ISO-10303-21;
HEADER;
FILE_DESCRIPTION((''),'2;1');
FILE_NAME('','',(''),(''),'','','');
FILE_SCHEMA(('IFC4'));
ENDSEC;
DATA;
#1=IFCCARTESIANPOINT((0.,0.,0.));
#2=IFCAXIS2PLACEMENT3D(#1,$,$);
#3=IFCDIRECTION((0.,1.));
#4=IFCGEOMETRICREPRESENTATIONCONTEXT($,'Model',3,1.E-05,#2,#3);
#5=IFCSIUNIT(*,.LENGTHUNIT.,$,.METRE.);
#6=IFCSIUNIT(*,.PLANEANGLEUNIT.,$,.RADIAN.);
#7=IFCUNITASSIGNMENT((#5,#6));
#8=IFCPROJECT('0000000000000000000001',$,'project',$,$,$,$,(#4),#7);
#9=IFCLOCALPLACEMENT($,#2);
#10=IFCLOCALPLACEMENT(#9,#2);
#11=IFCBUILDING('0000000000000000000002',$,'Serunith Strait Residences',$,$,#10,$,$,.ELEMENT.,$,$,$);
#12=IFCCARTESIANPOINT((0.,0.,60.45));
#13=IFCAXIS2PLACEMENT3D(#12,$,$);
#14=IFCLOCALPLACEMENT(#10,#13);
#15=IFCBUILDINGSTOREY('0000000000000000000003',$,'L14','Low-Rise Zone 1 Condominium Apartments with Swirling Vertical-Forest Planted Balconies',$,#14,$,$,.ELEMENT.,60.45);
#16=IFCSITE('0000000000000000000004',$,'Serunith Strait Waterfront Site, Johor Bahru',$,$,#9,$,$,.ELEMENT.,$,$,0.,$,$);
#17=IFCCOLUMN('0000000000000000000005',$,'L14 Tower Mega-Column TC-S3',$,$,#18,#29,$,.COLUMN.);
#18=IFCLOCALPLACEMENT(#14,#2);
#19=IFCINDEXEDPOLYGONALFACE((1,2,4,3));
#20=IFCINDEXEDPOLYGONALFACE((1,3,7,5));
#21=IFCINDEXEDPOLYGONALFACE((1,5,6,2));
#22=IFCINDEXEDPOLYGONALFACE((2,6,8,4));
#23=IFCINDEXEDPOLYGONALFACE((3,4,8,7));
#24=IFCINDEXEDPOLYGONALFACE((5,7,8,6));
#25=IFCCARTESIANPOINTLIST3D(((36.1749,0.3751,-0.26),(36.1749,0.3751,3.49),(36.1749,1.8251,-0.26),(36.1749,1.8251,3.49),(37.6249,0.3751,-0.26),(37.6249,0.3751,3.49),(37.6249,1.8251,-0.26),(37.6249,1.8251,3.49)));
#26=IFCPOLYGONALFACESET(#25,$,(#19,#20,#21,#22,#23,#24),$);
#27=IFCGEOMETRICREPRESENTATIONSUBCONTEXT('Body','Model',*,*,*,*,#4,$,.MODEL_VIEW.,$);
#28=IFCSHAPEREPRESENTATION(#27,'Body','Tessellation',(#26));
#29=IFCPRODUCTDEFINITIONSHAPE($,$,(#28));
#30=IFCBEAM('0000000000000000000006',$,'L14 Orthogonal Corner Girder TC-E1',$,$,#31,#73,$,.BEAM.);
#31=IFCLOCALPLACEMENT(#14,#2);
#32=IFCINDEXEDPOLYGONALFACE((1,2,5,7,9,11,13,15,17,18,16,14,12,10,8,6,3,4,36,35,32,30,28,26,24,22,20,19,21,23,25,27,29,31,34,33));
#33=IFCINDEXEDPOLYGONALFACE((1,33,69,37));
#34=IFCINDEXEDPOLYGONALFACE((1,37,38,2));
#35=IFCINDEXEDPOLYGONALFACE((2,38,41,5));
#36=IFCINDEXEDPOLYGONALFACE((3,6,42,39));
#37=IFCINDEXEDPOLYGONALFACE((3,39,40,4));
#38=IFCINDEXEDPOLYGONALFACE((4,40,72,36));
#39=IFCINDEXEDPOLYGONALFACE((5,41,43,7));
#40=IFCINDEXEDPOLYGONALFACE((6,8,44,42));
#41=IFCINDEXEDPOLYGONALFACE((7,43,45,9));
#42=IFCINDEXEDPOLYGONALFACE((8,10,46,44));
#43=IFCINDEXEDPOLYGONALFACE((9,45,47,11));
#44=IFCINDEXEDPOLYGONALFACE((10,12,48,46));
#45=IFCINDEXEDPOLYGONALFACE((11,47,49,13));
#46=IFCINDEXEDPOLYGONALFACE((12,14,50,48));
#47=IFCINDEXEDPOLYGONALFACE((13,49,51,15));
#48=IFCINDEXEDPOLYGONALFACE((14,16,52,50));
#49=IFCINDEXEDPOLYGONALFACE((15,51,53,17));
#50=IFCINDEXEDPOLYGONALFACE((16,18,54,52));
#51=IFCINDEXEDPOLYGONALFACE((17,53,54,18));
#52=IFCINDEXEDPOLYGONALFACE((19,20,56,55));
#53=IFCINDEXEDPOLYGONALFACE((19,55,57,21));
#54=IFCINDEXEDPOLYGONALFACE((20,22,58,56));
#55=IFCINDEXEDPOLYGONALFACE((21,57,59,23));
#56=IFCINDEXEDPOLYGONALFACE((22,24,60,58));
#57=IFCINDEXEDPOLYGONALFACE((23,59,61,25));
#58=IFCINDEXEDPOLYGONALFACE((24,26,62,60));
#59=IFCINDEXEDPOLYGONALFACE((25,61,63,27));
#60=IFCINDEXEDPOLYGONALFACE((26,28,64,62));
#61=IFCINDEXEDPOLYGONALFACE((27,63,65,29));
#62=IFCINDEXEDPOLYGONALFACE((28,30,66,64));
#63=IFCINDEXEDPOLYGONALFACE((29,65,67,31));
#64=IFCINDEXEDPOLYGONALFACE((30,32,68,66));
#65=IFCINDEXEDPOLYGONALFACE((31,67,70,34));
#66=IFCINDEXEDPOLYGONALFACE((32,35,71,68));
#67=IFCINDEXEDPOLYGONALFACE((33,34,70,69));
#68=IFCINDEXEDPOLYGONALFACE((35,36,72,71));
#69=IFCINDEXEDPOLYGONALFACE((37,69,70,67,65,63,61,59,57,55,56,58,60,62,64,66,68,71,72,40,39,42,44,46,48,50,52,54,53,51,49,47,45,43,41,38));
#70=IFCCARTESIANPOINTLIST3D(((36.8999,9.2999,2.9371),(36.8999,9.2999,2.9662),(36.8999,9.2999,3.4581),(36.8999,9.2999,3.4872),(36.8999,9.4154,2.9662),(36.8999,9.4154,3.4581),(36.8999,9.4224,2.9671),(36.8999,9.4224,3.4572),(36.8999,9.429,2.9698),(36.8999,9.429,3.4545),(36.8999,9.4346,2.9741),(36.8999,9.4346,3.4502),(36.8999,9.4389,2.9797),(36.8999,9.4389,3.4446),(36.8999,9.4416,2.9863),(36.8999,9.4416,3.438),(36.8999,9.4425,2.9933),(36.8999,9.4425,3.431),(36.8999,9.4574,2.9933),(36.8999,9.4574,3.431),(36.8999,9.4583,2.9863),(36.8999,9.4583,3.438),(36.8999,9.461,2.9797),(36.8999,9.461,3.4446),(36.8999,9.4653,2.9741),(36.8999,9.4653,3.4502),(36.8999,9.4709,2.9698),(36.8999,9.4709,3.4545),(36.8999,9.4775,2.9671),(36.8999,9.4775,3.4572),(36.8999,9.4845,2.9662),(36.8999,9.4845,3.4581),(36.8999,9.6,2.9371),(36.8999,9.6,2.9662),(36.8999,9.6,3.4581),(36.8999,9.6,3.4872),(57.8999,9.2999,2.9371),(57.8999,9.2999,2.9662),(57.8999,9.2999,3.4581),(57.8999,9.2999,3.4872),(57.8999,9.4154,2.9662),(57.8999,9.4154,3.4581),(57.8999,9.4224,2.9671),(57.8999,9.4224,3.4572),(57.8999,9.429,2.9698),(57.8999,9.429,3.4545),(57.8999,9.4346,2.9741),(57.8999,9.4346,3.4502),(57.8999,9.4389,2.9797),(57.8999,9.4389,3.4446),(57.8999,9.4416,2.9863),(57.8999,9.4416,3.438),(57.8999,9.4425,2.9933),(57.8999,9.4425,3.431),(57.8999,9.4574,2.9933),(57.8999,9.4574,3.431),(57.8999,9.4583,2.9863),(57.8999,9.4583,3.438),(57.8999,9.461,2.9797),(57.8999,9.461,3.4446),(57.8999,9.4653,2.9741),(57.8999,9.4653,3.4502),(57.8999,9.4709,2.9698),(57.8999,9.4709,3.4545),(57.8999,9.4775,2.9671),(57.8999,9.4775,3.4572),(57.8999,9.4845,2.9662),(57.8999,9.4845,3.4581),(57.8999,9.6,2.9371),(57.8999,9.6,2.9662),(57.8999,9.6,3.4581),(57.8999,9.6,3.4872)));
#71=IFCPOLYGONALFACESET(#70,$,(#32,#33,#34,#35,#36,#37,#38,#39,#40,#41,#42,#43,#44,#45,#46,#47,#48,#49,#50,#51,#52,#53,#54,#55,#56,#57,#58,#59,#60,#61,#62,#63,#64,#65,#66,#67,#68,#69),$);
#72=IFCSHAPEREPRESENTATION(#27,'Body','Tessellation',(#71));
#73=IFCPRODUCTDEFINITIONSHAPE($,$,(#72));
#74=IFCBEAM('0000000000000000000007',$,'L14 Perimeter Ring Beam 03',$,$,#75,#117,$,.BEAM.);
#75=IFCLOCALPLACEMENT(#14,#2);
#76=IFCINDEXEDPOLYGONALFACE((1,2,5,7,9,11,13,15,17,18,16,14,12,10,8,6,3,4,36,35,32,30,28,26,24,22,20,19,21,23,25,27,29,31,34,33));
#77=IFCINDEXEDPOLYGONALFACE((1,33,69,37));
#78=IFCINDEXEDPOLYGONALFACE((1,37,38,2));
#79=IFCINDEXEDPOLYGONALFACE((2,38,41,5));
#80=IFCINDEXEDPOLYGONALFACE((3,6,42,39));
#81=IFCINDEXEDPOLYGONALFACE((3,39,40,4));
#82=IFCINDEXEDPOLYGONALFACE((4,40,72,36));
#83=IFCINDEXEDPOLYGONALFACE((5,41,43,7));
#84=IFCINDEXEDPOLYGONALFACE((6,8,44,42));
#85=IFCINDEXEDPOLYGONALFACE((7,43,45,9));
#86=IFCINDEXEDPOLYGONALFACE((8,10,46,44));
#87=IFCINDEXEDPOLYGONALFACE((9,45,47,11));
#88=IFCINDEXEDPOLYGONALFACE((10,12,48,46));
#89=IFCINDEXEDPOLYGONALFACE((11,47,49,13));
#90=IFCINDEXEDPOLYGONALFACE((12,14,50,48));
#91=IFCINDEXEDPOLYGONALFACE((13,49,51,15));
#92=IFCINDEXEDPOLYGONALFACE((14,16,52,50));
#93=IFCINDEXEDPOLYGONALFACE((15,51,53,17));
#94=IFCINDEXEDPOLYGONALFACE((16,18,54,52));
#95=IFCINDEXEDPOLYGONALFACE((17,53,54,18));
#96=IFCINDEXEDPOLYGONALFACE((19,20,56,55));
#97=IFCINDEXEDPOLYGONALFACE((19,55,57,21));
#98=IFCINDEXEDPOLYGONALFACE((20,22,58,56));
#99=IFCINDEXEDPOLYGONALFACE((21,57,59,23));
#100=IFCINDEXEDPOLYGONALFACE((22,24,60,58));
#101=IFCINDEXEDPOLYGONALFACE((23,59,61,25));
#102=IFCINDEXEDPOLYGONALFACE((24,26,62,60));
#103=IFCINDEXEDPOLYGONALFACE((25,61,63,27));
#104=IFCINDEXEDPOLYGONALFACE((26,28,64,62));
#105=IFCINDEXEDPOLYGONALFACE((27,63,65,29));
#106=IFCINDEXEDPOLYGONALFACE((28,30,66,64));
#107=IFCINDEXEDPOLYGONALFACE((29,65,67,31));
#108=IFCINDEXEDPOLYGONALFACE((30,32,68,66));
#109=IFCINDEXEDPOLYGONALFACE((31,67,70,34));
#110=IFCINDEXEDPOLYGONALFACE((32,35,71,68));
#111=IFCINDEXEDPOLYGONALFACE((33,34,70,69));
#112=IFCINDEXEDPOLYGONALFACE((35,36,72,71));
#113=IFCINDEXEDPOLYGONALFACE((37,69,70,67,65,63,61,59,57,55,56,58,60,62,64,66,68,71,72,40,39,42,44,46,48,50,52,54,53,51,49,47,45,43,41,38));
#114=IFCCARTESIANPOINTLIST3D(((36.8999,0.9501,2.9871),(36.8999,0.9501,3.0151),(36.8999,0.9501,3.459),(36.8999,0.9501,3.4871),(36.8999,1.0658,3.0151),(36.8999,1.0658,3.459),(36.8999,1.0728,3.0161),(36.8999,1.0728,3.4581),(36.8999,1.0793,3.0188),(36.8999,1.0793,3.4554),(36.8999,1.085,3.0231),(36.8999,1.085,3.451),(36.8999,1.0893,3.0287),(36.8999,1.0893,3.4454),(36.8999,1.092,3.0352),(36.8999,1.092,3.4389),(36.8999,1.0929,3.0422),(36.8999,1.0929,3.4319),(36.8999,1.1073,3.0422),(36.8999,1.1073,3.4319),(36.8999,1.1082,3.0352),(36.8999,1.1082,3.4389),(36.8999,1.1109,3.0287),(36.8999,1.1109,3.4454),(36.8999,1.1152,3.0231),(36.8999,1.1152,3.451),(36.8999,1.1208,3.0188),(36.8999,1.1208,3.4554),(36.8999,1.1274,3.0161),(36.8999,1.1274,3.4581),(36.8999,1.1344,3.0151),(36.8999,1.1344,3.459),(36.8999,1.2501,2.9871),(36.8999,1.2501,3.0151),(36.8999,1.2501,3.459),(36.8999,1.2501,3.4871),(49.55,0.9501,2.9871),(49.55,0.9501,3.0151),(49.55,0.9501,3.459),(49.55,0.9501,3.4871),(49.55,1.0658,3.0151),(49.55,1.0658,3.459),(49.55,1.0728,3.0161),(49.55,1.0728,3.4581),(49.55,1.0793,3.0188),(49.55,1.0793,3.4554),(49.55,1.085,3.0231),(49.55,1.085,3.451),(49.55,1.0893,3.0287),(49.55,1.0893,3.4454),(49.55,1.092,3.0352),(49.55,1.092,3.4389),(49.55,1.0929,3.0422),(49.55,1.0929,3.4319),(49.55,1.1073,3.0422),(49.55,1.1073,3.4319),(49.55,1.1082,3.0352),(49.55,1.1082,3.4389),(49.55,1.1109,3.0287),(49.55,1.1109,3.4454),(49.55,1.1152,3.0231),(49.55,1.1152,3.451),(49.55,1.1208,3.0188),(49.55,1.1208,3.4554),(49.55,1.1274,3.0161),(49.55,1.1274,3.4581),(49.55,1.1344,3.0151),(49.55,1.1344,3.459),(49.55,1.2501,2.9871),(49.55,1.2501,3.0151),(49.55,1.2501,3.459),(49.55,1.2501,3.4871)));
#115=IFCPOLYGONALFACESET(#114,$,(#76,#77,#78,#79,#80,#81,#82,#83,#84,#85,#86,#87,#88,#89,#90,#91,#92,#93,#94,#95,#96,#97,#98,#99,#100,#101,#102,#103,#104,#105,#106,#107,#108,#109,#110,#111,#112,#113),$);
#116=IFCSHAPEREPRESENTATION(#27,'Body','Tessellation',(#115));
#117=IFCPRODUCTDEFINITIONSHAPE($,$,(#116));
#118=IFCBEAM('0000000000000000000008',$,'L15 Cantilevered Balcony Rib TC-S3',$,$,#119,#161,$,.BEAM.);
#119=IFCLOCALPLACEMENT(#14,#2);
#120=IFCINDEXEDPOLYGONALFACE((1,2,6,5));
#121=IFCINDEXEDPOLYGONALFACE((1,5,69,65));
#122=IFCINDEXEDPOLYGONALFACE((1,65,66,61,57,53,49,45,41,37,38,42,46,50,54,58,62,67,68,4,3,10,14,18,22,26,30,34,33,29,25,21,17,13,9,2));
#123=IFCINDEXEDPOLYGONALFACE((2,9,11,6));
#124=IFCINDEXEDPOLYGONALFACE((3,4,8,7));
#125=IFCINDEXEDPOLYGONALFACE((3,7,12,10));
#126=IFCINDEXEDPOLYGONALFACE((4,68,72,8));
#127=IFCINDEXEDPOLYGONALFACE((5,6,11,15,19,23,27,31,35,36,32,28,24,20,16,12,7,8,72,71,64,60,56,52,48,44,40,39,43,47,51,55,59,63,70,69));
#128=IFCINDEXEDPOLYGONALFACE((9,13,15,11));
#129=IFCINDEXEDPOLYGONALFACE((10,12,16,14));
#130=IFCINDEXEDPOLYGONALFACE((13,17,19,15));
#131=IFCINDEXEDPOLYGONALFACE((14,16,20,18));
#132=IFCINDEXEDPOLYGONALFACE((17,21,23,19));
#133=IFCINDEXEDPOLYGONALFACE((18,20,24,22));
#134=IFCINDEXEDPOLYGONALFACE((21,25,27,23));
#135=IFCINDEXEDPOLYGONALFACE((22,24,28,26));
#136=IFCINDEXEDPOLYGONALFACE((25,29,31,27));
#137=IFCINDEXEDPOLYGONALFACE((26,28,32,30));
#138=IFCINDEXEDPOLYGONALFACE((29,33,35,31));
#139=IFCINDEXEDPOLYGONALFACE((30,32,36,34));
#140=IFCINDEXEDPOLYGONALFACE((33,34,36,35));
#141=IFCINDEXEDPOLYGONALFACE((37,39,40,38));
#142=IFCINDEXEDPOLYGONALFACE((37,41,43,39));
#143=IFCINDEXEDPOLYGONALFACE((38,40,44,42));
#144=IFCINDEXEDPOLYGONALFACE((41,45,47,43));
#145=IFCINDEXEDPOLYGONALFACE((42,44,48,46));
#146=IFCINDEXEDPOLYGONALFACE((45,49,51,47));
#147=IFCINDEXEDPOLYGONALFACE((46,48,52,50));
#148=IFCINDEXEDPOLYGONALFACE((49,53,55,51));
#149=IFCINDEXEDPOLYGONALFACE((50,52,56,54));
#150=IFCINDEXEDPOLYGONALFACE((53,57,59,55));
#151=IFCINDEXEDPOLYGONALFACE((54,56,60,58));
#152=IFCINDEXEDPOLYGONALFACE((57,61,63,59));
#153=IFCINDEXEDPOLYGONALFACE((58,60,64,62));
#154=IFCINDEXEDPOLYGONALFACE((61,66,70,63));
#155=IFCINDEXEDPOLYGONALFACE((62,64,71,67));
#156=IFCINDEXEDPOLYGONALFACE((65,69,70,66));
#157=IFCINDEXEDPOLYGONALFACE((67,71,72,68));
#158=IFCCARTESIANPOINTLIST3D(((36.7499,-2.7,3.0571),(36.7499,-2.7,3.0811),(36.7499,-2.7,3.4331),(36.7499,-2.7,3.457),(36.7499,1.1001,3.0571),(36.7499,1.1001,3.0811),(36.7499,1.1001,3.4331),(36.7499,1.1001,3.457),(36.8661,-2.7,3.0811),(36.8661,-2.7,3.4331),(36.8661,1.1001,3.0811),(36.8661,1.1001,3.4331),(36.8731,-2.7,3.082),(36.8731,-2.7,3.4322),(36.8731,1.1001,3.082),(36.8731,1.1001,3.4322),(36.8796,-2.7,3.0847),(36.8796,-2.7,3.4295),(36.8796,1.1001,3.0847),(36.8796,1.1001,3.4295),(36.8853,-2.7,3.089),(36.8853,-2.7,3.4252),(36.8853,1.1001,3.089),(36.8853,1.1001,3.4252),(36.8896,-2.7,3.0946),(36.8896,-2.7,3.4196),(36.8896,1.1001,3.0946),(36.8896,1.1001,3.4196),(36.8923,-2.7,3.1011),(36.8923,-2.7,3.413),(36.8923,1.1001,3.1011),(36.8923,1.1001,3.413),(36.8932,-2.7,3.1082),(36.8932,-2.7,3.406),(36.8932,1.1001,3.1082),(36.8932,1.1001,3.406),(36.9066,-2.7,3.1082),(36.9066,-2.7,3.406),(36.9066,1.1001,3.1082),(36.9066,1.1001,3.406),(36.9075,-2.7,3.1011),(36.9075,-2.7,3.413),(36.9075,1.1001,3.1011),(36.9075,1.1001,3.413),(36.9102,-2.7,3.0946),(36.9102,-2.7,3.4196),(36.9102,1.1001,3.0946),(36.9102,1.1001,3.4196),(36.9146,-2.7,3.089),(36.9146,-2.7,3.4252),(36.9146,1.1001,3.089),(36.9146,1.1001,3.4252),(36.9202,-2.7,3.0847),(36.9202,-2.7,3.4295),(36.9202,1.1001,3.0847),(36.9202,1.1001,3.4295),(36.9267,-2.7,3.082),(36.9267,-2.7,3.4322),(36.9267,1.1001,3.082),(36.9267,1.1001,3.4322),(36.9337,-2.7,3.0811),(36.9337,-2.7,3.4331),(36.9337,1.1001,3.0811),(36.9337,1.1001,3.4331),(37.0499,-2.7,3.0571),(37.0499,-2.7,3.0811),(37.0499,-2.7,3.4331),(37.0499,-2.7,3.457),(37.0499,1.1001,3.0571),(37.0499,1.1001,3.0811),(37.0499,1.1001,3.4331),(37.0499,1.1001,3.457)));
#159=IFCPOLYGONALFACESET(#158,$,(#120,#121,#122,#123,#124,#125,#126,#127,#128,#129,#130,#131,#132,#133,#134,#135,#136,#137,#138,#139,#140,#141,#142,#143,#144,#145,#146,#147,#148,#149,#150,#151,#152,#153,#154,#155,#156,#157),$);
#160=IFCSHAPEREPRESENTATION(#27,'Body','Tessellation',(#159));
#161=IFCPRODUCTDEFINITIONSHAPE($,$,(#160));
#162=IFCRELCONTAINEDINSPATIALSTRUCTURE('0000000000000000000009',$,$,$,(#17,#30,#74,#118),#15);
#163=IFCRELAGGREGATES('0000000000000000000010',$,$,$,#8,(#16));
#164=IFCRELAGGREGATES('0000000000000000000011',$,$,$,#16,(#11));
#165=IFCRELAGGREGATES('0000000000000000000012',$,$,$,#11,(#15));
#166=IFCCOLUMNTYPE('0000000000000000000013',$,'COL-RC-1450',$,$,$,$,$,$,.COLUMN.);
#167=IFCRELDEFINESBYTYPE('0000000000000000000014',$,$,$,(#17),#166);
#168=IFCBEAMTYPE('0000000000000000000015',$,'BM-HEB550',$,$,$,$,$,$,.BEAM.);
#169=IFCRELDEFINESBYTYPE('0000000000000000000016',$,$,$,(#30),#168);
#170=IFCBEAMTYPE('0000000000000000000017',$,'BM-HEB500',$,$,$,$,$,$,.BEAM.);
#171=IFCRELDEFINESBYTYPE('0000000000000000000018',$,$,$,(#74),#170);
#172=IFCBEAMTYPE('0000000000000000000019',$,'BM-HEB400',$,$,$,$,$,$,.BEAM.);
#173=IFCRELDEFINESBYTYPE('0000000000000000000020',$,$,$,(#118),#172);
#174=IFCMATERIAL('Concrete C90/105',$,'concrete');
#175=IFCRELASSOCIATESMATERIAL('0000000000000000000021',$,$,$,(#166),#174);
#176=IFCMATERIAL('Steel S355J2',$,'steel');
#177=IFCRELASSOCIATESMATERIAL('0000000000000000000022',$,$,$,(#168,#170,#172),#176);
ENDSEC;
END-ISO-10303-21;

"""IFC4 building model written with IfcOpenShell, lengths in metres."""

from ifc_helpers import new_model, si_unit, direction, frame, origin, origin_2d, place, context, subcontext, project, spatial, rectangle, i_section, extrude, source, transform, mapped, material, material_profile, profile_set, type_object, element, save


model = new_model("IFC4")

# Units and contexts
model_context = context("Model", 3, precision=1e-05, world=origin(), true_north=direction((0.0, 1.0)))
body_context = subcontext(model_context, "Body", "Model", "MODEL_VIEW")
ifc_project = project(units=[si_unit("LENGTHUNIT", "METRE"), si_unit("PLANEANGLEUNIT", "RADIAN")], contexts=[model_context])

# Site, building, storey
site_placement = place(None, origin())
site = spatial("IfcSite", under=ifc_project, at=site_placement, Name="Serunith Strait Waterfront Site, Johor Bahru", CompositionType="ELEMENT", RefElevation=0.0)
building_placement = place(site_placement, origin())
building = spatial("IfcBuilding", under=site, at=building_placement, Name="Serunith Strait Residences", CompositionType="ELEMENT")
storey_placement = place(building_placement, frame((0.0, 0.0, 60.45)))
storey = spatial("IfcBuildingStorey", under=building, at=storey_placement, Name="L14", Description="Low-Rise Zone 1 Condominium Apartments with Swirling Vertical-Forest Planted Balconies", CompositionType="ELEMENT", Elevation=60.45)

# Column
ifc_material_1 = material(Name="Concrete C90/105", Category="concrete")
ifc_material_profile_1 = material_profile(ifc_material_1, rectangle(XDim=1.45, YDim=1.45, at=origin_2d()), Name="RC 1450x1450")
ifc_profile_set_1 = profile_set([ifc_material_profile_1], Name="Concrete C90/105")
column_type = type_object("IfcColumnType", Name="COL-RC-1450", PredefinedType="COLUMN", material=ifc_profile_set_1)
shared_shape_1 = source(origin(), body_context, "Body", "SweptSolid", [
    extrude(rectangle(XDim=1.45, YDim=1.45, at=origin_2d()), origin(), (0.0, 0.0, 1.0), 3.75),
])
column_placement = place(storey_placement, frame((36.8999, 1.1001, -0.26), z_axis=(0.0, 0.0, 1.0), x_axis=(1.0, 0.0, 0.0)))
element("IfcColumn", 1, at=column_placement, inside=storey, type_object=column_type, Name="L14 Tower Mega-Column TC-S3", PredefinedType="COLUMN", context=body_context, shape_type="MappedRepresentation", body=[
    mapped(shared_shape_1, transform((0.0, 0.0, 0.0), scale=1.0)),
])

# Beams
ifc_material_2 = material(Name="Steel S355J2", Category="steel")
ifc_material_profile_2 = material_profile(ifc_material_2, i_section(OverallWidth=0.3, OverallDepth=0.55, WebThickness=0.0149, FlangeThickness=0.0291, FilletRadius=0.0271, at=origin_2d()), Name="HEB 550")
ifc_profile_set_2 = profile_set([ifc_material_profile_2], Name="Steel S355J2")
beam_type_1 = type_object("IfcBeamType", Name="BM-HEB550", PredefinedType="BEAM", material=ifc_profile_set_2)
shared_shape_2 = source(origin(), body_context, "Body", "SweptSolid", [
    extrude(i_section(OverallWidth=0.3, OverallDepth=0.55, WebThickness=0.0149, FlangeThickness=0.0291, FilletRadius=0.0271, at=origin_2d()), origin(), (0.0, 0.0, 1.0), 21.0),
])
beam_1_placement = place(storey_placement, frame((36.8999, 9.45, 3.2122), z_axis=(1.0, 0.0, 0.0), x_axis=(0.0, 1.0, 0.0)))
element("IfcBeam", 2, at=beam_1_placement, inside=storey, type_object=beam_type_1, Name="L14 Orthogonal Corner Girder TC-E1", PredefinedType="BEAM", context=body_context, shape_type="MappedRepresentation", body=[
    mapped(shared_shape_2, transform((0.0, 0.0, 0.0), scale=1.0)),
])
ifc_material_profile_3 = material_profile(ifc_material_2, i_section(OverallWidth=0.3, OverallDepth=0.5, WebThickness=0.0144, FlangeThickness=0.0281, FilletRadius=0.0271, at=origin_2d()), Name="HEB 500")
ifc_profile_set_3 = profile_set([ifc_material_profile_3], Name="Steel S355J2")
beam_type_2 = type_object("IfcBeamType", Name="BM-HEB500", PredefinedType="BEAM", material=ifc_profile_set_3)
shared_shape_3 = source(origin(), body_context, "Body", "SweptSolid", [
    extrude(i_section(OverallWidth=0.3, OverallDepth=0.5, WebThickness=0.0144, FlangeThickness=0.0281, FilletRadius=0.0271, at=origin_2d()), origin(), (0.0, 0.0, 1.0), 12.6501),
])
beam_2_placement = place(storey_placement, frame((36.8999, 1.1001, 3.2371), z_axis=(1.0, 0.0, 0.0), x_axis=(0.0, 1.0, 0.0)))
element("IfcBeam", 3, at=beam_2_placement, inside=storey, type_object=beam_type_2, Name="L14 Perimeter Ring Beam 03", PredefinedType="BEAM", context=body_context, shape_type="MappedRepresentation", body=[
    mapped(shared_shape_3, transform((0.0, 0.0, 0.0), scale=1.0)),
])
ifc_material_profile_4 = material_profile(ifc_material_2, i_section(OverallWidth=0.3, OverallDepth=0.3999, WebThickness=0.0134, FlangeThickness=0.0239, FilletRadius=0.0271, at=origin_2d()), Name="HEB 400")
ifc_profile_set_4 = profile_set([ifc_material_profile_4], Name="Steel S355J2")
beam_type_3 = type_object("IfcBeamType", Name="BM-HEB400", PredefinedType="BEAM", material=ifc_profile_set_4)
shared_shape_4 = source(origin(), body_context, "Body", "SweptSolid", [
    extrude(i_section(OverallWidth=0.3, OverallDepth=0.3999, WebThickness=0.0134, FlangeThickness=0.0239, FilletRadius=0.0271, at=origin_2d()), origin(), (0.0, 0.0, 1.0), 3.8),
])
beam_3_placement = place(storey_placement, frame((36.8999, 1.1001, 3.2571), z_axis=(0.0, -1.0, 0.0), x_axis=(1.0, 0.0, 0.0)))
element("IfcBeam", 4, at=beam_3_placement, inside=storey, type_object=beam_type_3, Name="L15 Cantilevered Balcony Rib TC-S3", PredefinedType="BEAM", context=body_context, shape_type="MappedRepresentation", body=[
    mapped(shared_shape_4, transform((0.0, 0.0, 0.0), scale=1.0)),
])

save(model, "model.ifc")
